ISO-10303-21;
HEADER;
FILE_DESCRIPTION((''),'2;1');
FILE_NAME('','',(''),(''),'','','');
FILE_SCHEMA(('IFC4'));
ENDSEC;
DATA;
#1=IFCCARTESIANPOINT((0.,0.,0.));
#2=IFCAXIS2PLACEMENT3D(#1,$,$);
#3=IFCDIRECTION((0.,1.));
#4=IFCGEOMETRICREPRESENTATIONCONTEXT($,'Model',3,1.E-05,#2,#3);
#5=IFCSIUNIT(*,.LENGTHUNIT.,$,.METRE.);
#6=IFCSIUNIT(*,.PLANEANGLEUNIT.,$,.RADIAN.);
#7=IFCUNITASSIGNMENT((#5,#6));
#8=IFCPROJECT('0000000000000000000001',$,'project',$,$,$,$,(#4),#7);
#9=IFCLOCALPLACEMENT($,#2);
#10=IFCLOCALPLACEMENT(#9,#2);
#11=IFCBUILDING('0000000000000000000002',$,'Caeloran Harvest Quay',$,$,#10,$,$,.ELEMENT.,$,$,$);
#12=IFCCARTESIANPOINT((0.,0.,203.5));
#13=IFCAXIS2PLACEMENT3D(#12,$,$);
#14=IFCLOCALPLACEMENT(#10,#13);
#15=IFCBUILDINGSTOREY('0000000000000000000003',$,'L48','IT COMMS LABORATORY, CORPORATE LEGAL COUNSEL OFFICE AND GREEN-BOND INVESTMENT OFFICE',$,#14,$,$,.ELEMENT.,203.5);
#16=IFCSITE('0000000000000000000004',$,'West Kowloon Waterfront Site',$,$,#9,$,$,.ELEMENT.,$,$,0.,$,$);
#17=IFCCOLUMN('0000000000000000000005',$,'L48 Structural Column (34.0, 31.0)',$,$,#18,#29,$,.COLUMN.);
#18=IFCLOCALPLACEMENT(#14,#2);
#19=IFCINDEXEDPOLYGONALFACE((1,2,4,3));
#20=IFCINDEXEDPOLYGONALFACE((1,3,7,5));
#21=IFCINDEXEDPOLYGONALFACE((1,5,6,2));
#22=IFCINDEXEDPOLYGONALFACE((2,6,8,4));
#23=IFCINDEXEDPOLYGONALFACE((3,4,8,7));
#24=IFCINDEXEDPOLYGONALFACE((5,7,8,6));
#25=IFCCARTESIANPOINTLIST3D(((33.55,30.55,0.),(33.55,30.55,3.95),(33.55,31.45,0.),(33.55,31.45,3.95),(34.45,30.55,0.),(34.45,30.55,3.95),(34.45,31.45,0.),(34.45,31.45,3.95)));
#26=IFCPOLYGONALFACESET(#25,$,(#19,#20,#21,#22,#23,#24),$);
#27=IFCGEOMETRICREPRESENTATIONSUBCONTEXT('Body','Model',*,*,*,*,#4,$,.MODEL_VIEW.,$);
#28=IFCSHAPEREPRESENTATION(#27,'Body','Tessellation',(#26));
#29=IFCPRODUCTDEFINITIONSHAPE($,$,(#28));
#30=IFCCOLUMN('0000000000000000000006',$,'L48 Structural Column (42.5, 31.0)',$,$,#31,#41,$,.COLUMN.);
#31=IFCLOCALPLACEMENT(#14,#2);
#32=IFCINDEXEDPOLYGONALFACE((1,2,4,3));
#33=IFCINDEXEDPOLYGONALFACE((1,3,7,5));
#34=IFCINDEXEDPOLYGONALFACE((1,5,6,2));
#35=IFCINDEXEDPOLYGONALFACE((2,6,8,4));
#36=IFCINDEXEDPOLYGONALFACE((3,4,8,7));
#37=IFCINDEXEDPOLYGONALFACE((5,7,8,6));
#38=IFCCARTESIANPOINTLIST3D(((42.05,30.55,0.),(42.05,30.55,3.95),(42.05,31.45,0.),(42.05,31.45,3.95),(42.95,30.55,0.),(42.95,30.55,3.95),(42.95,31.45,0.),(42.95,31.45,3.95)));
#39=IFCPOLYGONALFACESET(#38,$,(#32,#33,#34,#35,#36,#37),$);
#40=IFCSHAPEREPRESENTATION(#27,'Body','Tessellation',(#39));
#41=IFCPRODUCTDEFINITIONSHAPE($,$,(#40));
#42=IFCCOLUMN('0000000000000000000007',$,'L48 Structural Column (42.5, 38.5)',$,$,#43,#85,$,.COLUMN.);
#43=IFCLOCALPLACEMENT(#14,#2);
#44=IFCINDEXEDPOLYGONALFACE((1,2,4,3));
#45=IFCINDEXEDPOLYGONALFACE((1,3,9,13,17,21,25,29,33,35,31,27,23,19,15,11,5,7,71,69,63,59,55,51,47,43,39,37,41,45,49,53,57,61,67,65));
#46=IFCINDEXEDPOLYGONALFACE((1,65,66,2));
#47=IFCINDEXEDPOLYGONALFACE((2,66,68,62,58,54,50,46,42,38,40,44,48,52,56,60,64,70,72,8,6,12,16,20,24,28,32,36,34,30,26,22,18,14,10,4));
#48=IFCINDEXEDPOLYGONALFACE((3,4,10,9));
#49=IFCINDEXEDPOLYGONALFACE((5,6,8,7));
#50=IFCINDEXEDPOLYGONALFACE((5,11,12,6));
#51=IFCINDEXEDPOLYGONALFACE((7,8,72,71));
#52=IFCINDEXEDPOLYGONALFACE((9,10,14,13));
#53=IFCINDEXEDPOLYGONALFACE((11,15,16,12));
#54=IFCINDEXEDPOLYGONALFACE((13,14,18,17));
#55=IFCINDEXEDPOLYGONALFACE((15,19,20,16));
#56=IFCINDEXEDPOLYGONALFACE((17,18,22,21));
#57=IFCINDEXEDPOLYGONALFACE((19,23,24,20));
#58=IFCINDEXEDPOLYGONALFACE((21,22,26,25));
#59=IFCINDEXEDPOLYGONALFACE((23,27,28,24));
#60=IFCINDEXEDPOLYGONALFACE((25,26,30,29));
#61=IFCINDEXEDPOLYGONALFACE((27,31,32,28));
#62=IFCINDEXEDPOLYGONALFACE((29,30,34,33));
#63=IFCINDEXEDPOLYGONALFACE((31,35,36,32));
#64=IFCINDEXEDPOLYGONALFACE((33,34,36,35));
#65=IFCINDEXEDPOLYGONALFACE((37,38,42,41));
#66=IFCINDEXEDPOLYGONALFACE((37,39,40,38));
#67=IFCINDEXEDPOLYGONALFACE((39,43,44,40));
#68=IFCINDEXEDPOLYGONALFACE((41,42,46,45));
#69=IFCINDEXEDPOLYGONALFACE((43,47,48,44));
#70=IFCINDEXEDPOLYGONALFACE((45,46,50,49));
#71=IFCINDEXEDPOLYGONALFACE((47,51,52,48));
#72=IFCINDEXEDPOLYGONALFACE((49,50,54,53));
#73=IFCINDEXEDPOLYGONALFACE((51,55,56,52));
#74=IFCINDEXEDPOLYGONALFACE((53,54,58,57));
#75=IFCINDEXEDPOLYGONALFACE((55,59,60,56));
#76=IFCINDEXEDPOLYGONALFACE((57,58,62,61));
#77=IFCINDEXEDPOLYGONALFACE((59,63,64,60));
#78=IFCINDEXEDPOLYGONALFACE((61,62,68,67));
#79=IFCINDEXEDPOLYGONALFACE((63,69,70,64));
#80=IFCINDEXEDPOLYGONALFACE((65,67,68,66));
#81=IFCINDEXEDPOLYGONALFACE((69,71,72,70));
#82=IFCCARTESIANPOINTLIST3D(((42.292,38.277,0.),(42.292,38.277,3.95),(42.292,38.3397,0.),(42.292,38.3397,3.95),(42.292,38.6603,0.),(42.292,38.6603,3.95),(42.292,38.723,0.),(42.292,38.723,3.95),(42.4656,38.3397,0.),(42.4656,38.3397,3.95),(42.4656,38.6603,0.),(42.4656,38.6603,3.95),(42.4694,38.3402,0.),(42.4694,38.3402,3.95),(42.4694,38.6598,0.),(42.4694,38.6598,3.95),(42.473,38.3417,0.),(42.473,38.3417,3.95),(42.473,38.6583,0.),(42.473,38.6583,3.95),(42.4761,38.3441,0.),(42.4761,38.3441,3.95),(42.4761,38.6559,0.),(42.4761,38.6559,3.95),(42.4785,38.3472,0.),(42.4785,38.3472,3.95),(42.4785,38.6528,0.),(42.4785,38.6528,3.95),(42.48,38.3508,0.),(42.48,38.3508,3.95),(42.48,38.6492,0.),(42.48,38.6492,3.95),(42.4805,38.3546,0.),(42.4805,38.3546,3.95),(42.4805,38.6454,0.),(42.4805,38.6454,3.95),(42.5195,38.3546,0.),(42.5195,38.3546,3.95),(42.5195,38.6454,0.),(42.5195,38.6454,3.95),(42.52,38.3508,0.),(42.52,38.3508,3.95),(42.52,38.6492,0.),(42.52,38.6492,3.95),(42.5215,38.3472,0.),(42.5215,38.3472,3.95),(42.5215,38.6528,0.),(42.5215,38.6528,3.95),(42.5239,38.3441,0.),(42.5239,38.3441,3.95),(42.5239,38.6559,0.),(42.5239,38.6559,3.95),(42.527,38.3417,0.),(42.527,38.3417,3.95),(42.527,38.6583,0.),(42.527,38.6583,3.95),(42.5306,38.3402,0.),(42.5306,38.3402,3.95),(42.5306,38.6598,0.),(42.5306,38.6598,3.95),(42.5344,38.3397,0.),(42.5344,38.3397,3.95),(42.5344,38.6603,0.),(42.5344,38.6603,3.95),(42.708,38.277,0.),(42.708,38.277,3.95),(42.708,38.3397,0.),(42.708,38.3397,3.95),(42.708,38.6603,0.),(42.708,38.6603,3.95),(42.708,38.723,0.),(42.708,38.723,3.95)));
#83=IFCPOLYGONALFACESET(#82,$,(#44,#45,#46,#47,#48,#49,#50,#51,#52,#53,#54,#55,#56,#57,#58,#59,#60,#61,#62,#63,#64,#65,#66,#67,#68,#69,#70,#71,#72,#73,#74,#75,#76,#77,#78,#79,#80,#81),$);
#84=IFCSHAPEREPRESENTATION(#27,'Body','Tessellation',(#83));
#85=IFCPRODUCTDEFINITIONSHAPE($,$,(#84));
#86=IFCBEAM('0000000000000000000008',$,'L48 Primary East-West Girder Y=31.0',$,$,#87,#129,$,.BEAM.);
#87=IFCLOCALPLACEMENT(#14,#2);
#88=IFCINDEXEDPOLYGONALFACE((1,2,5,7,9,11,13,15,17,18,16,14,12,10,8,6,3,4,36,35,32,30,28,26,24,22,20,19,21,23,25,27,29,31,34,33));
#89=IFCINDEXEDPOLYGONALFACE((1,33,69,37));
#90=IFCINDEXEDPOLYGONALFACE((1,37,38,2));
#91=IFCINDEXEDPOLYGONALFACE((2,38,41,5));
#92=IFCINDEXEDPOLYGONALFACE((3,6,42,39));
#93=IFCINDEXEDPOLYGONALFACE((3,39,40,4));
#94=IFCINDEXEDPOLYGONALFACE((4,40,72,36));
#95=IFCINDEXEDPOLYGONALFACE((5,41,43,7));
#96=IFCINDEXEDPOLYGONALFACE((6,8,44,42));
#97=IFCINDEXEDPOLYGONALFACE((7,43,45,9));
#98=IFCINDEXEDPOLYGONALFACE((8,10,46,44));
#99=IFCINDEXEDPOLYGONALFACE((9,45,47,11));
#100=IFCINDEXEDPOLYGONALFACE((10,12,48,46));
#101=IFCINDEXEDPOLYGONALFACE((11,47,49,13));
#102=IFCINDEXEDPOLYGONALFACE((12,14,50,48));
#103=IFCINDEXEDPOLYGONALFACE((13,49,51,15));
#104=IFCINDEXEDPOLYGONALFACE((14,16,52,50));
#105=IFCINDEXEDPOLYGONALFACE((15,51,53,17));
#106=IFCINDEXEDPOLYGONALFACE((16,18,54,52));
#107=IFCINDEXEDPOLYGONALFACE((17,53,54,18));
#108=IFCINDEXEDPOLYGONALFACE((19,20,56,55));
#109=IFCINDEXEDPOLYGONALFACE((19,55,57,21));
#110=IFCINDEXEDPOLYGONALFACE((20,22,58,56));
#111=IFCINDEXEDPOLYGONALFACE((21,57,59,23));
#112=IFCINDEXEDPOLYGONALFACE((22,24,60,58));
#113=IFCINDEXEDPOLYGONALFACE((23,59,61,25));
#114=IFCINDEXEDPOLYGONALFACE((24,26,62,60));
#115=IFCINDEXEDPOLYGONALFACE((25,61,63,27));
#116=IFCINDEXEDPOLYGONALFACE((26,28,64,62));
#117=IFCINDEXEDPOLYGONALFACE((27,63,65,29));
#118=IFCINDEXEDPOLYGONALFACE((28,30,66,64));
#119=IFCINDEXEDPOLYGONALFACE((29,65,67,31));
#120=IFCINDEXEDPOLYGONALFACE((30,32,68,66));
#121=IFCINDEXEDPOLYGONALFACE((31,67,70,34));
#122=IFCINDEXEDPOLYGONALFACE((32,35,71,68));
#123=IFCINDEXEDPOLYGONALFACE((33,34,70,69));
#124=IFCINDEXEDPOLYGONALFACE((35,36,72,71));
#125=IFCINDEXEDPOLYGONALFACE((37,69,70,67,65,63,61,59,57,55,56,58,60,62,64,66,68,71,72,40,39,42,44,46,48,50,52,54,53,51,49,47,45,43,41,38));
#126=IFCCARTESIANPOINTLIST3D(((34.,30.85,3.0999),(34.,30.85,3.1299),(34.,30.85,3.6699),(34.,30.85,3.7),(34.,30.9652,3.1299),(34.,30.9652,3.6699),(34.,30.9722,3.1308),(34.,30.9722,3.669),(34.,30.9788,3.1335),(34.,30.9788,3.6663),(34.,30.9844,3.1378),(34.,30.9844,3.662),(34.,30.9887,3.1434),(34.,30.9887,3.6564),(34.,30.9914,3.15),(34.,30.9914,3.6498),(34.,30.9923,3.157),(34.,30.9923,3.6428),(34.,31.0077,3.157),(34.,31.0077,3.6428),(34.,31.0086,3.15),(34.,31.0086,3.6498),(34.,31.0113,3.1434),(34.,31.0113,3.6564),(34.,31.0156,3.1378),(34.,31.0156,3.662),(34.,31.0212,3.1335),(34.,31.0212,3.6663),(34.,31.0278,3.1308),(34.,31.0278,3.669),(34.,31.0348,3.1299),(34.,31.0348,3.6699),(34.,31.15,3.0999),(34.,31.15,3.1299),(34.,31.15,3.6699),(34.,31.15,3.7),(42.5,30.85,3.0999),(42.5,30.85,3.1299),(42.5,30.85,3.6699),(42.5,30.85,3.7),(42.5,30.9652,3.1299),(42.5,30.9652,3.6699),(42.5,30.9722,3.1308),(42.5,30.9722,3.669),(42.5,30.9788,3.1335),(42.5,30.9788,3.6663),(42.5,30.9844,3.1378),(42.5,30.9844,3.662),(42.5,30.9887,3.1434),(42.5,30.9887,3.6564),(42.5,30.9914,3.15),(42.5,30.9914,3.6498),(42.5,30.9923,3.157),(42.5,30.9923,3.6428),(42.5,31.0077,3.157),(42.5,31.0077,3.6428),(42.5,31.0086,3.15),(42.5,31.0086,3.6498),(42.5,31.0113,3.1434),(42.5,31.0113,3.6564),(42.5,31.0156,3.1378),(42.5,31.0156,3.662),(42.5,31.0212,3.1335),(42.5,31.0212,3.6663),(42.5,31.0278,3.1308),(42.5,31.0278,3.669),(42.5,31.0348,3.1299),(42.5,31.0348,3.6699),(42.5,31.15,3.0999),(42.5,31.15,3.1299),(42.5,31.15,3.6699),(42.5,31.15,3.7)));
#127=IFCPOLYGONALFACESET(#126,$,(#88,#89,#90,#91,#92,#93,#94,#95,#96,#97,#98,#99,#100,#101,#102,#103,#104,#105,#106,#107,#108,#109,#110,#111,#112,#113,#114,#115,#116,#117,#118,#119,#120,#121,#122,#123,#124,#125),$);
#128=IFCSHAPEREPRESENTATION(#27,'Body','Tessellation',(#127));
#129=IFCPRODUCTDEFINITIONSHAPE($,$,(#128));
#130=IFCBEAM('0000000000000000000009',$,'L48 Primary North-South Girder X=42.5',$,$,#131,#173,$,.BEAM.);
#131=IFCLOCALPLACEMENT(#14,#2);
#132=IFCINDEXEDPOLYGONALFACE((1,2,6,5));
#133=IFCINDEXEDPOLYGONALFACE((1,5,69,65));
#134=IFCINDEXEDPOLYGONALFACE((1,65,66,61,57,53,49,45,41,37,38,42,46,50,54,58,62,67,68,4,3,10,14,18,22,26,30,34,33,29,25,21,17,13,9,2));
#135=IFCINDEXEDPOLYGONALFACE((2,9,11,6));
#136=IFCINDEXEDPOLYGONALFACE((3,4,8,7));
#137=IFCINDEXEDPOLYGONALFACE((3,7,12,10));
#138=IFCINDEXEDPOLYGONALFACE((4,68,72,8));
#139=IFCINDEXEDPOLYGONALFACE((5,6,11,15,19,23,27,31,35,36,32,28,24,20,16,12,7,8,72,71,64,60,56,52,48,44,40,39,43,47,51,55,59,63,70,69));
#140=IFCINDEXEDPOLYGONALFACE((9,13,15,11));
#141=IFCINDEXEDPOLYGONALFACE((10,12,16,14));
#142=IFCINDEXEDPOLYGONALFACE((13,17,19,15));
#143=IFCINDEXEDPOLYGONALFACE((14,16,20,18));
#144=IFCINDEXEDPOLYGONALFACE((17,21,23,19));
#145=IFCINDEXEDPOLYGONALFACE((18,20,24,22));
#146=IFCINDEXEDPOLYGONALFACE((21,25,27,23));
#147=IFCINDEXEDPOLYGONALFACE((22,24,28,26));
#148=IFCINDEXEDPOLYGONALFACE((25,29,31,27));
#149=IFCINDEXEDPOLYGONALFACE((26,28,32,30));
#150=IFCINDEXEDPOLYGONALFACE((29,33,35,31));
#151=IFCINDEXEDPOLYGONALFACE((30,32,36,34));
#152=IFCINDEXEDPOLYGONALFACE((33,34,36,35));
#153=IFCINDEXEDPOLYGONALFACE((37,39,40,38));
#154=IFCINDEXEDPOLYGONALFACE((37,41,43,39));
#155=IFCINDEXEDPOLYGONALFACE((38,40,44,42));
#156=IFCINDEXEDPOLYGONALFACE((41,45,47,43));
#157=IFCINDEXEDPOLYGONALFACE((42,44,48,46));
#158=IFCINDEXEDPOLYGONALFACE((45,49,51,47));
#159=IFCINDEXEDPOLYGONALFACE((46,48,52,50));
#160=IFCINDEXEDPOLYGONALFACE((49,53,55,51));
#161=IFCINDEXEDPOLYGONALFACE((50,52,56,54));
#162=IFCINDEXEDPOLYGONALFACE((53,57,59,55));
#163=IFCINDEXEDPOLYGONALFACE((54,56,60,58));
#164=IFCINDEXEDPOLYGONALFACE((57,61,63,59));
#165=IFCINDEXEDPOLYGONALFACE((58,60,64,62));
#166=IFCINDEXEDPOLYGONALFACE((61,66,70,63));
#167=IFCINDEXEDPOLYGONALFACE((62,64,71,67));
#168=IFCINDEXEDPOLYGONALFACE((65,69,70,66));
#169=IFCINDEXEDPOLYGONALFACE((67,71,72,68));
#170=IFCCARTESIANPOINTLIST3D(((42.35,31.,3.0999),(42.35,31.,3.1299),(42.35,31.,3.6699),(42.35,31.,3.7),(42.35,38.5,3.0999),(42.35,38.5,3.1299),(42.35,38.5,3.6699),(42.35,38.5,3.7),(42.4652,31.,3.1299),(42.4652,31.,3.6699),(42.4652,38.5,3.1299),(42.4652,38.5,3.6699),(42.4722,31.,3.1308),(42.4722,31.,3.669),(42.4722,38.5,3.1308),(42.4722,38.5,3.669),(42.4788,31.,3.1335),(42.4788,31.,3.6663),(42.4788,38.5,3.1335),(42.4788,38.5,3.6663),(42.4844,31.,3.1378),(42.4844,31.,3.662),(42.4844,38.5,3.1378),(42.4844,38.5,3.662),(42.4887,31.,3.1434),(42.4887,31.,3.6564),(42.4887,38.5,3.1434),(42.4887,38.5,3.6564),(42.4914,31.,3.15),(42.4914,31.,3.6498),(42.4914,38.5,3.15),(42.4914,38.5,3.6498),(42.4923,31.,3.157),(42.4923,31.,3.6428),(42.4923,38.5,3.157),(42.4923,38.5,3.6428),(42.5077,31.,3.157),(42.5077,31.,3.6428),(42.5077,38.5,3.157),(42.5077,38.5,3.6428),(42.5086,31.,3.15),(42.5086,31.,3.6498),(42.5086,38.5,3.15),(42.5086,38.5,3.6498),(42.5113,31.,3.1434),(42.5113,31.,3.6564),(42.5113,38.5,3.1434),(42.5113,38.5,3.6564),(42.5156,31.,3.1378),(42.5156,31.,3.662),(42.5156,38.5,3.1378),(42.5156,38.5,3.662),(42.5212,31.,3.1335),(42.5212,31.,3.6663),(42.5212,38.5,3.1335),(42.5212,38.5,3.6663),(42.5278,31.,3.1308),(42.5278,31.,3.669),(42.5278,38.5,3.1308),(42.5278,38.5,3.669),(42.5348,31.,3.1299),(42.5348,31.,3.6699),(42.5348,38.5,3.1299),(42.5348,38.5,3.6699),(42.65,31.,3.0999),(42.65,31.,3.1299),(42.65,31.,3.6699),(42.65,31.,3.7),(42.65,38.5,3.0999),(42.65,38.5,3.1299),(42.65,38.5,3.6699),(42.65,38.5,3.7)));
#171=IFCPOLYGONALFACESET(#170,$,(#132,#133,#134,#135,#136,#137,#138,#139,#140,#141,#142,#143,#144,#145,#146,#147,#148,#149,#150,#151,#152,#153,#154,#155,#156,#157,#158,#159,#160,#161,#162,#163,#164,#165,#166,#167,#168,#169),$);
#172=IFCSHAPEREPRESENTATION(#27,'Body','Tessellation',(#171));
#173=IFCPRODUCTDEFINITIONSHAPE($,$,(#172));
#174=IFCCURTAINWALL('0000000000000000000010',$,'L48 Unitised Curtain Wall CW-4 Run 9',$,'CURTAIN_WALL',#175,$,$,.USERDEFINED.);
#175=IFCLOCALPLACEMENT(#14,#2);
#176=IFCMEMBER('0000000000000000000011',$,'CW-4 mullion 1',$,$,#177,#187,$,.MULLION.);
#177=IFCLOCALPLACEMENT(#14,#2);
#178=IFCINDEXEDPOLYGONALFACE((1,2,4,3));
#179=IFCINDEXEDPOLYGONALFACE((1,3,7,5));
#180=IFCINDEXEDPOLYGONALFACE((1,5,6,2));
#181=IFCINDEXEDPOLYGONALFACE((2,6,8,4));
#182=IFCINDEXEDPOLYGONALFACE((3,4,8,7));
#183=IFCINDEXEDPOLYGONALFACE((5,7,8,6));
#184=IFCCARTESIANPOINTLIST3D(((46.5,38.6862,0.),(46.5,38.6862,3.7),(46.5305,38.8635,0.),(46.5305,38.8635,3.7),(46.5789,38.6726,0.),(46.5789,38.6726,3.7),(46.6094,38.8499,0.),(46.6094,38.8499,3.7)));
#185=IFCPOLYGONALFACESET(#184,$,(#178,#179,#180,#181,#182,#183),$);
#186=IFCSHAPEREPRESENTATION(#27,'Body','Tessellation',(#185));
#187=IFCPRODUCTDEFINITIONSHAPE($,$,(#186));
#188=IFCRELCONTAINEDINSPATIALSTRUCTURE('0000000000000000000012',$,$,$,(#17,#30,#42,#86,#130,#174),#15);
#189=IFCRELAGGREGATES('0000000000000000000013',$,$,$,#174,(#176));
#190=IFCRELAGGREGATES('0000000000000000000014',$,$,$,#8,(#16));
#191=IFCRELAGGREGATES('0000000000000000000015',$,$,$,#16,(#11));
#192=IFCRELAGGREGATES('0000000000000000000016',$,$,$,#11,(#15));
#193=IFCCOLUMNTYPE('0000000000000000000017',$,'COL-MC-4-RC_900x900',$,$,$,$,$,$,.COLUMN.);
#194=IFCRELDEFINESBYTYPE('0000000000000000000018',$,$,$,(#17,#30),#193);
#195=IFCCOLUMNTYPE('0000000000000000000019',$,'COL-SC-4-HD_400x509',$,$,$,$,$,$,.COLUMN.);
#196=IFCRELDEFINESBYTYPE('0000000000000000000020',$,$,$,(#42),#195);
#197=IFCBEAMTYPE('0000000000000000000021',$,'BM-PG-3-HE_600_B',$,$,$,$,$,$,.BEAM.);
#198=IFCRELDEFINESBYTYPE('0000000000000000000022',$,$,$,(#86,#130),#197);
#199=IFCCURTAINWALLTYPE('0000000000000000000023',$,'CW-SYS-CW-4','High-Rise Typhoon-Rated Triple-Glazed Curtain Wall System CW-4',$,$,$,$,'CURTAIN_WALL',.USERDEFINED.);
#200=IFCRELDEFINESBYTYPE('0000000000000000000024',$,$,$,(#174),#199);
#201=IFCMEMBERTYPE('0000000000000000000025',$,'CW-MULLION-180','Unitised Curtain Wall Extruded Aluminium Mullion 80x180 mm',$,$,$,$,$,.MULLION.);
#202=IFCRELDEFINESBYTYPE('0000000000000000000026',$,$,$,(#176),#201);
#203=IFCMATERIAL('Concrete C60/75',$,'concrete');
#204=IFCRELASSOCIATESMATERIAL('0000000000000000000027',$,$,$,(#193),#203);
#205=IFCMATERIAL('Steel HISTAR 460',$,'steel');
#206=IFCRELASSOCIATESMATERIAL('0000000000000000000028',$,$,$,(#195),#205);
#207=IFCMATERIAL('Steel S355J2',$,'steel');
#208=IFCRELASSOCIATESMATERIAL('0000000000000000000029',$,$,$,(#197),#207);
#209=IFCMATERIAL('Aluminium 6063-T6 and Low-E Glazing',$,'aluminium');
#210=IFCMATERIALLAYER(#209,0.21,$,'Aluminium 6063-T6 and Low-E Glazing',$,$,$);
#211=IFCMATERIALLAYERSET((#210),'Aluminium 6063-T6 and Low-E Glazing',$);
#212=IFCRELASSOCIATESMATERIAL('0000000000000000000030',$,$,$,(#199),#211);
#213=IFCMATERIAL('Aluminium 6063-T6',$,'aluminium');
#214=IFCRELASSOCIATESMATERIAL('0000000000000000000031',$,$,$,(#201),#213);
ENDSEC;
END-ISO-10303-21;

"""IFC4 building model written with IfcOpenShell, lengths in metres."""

from ifc_helpers import new_model, si_unit, direction, frame, origin, origin_2d, place, context, subcontext, project, spatial, rectangle, i_section, extrude, material, layer, layer_set, material_profile, profile_set, type_object, element, aggregate, save


model = new_model("IFC4")

# Units and contexts
model_context = context("Model", 3, precision=1e-05, world=origin(), true_north=direction((0.0, 1.0)))
body_context = subcontext(model_context, "Body", "Model", "MODEL_VIEW")
ifc_project = project(units=[si_unit("LENGTHUNIT", "METRE"), si_unit("PLANEANGLEUNIT", "RADIAN")], contexts=[model_context])

# Site, building, storey
site_placement = place(None, origin())
site = spatial("IfcSite", under=ifc_project, at=site_placement, Name="West Kowloon Waterfront Site", CompositionType="ELEMENT", RefElevation=0.0)
building_placement = place(site_placement, origin())
building = spatial("IfcBuilding", under=site, at=building_placement, Name="Caeloran Harvest Quay", CompositionType="ELEMENT")
storey_placement = place(building_placement, frame((0.0, 0.0, 203.5)))
storey = spatial("IfcBuildingStorey", under=building, at=storey_placement, Name="L48", Description="IT COMMS LABORATORY, CORPORATE LEGAL COUNSEL OFFICE AND GREEN-BOND INVESTMENT OFFICE", CompositionType="ELEMENT", Elevation=203.5)

# Columns
ifc_material_1 = material(Name="Concrete C60/75", Category="concrete")
ifc_material_profile_1 = material_profile(ifc_material_1, rectangle(XDim=0.8999, YDim=0.8999, at=origin_2d()), Name="RC 900x900")
ifc_profile_set_1 = profile_set([ifc_material_profile_1], Name="Concrete C60/75")
column_type_1 = type_object("IfcColumnType", Name="COL-MC-4-RC_900x900", PredefinedType="COLUMN", material=ifc_profile_set_1)
for number, where, z_axis, x_axis, name in (
    (1, (34.0, 31.0, 0.0), (0.0, 0.0, 1.0), (1.0, 0.0, 0.0), "L48 Structural Column (34.0, 31.0)"),
    (2, (42.5, 31.0, 0.0), (0.0, 0.0, 1.0), (1.0, 0.0, 0.0), "L48 Structural Column (42.5, 31.0)"),
):
    element("IfcColumn", number, at=place(storey_placement, frame(where, z_axis=z_axis, x_axis=x_axis)), inside=storey, type_object=column_type_1, Name=name, PredefinedType="COLUMN", context=body_context, shape_type="SweptSolid", body=[
        extrude(rectangle(XDim=0.8999, YDim=0.8999, at=origin_2d()), origin(), (0.0, 0.0, 1.0), 3.95),
    ])
ifc_material_2 = material(Name="Steel HISTAR 460", Category="steel")
ifc_material_profile_2 = material_profile(ifc_material_2, i_section(OverallWidth=0.416, OverallDepth=0.446, WebThickness=0.0391, FlangeThickness=0.0627, FilletRadius=0.0149, at=origin_2d()), Name="HD 400x509")
ifc_profile_set_2 = profile_set([ifc_material_profile_2], Name="Steel HISTAR 460")
column_type_2 = type_object("IfcColumnType", Name="COL-SC-4-HD_400x509", PredefinedType="COLUMN", material=ifc_profile_set_2)
column_placement = place(storey_placement, frame((42.5, 38.5, 0.0), z_axis=(0.0, 0.0, 1.0), x_axis=(1.0, 0.0, 0.0)))
element("IfcColumn", 3, at=column_placement, inside=storey, type_object=column_type_2, Name="L48 Structural Column (42.5, 38.5)", PredefinedType="COLUMN", context=body_context, shape_type="SweptSolid", body=[
    extrude(i_section(OverallWidth=0.416, OverallDepth=0.446, WebThickness=0.0391, FlangeThickness=0.0627, FilletRadius=0.0149, at=origin_2d()), origin(), (0.0, 0.0, 1.0), 3.95),
])

# Beams
ifc_material_3 = material(Name="Steel S355J2", Category="steel")
ifc_material_profile_3 = material_profile(ifc_material_3, i_section(OverallWidth=0.3, OverallDepth=0.6001, WebThickness=0.0154, FlangeThickness=0.03, FilletRadius=0.0271, at=origin_2d()), Name="HE 600 B")
ifc_profile_set_3 = profile_set([ifc_material_profile_3], Name="Steel S355J2")
beam_type = type_object("IfcBeamType", Name="BM-PG-3-HE_600_B", PredefinedType="BEAM", material=ifc_profile_set_3)
beam_1_placement = place(storey_placement, frame((34.0, 31.0, 3.3999), z_axis=(1.0, 0.0, 0.0), x_axis=(0.0, 1.0, 0.0)))
element("IfcBeam", 4, at=beam_1_placement, inside=storey, type_object=beam_type, Name="L48 Primary East-West Girder Y=31.0", PredefinedType="BEAM", context=body_context, shape_type="SweptSolid", body=[
    extrude(i_section(OverallWidth=0.3, OverallDepth=0.6001, WebThickness=0.0154, FlangeThickness=0.03, FilletRadius=0.0271, at=origin_2d()), origin(), (0.0, 0.0, 1.0), 8.5),
])
beam_2_placement = place(storey_placement, frame((42.5, 31.0, 3.3999), z_axis=(0.0, 1.0, 0.0), x_axis=(-1.0, 0.0, 0.0)))
element("IfcBeam", 5, at=beam_2_placement, inside=storey, type_object=beam_type, Name="L48 Primary North-South Girder X=42.5", PredefinedType="BEAM", context=body_context, shape_type="SweptSolid", body=[
    extrude(i_section(OverallWidth=0.3, OverallDepth=0.6001, WebThickness=0.0154, FlangeThickness=0.03, FilletRadius=0.0271, at=origin_2d()), origin(), (0.0, 0.0, 1.0), 7.5),
])

# Curtain wall, member
ifc_material_4 = material(Name="Aluminium 6063-T6 and Low-E Glazing", Category="aluminium")
ifc_layer_1 = layer(ifc_material_4, 0.21, Name="Aluminium 6063-T6 and Low-E Glazing")
ifc_layer_set_1 = layer_set([ifc_layer_1], Name="Aluminium 6063-T6 and Low-E Glazing")
curtain_wall_type = type_object("IfcCurtainWallType", Name="CW-SYS-CW-4", Description="High-Rise Typhoon-Rated Triple-Glazed Curtain Wall System CW-4", ElementType="CURTAIN_WALL", PredefinedType="USERDEFINED", material=ifc_layer_set_1)
curtain_wall_placement = place(storey_placement, origin())
curtain_wall = element("IfcCurtainWall", 6, at=curtain_wall_placement, inside=storey, type_object=curtain_wall_type, Name="L48 Unitised Curtain Wall CW-4 Run 9", ObjectType="CURTAIN_WALL", PredefinedType="USERDEFINED")
ifc_material_5 = material(Name="Aluminium 6063-T6", Category="aluminium")
ifc_material_profile_4 = material_profile(ifc_material_5, rectangle(XDim=0.0801, YDim=0.1799, at=origin_2d()), Name="CW-MULLION-180")
ifc_profile_set_4 = profile_set([ifc_material_profile_4], Name="Aluminium 6063-T6")
member_type_1 = type_object("IfcMemberType", Name="CW-MULLION-180", Description="Unitised Curtain Wall Extruded Aluminium Mullion 80x180 mm", PredefinedType="MULLION", material=ifc_profile_set_4)
member_1_placement = place(storey_placement, frame((46.5547, 38.7681, 0.0), z_axis=(0.0, 0.0, 1.0), x_axis=(0.985549, -0.169392, 0.0)))
member_1 = element("IfcMember", 7, at=member_1_placement, type_object=member_type_1, Name="CW-4 mullion 1", PredefinedType="MULLION", context=body_context, shape_type="SweptSolid", body=[
    extrude(rectangle(XDim=0.0801, YDim=0.1799, at=origin_2d()), origin(), (0.0, 0.0, 1.0), 3.7),
])
aggregate(curtain_wall, [member_1])

save(model, "model.ifc")
